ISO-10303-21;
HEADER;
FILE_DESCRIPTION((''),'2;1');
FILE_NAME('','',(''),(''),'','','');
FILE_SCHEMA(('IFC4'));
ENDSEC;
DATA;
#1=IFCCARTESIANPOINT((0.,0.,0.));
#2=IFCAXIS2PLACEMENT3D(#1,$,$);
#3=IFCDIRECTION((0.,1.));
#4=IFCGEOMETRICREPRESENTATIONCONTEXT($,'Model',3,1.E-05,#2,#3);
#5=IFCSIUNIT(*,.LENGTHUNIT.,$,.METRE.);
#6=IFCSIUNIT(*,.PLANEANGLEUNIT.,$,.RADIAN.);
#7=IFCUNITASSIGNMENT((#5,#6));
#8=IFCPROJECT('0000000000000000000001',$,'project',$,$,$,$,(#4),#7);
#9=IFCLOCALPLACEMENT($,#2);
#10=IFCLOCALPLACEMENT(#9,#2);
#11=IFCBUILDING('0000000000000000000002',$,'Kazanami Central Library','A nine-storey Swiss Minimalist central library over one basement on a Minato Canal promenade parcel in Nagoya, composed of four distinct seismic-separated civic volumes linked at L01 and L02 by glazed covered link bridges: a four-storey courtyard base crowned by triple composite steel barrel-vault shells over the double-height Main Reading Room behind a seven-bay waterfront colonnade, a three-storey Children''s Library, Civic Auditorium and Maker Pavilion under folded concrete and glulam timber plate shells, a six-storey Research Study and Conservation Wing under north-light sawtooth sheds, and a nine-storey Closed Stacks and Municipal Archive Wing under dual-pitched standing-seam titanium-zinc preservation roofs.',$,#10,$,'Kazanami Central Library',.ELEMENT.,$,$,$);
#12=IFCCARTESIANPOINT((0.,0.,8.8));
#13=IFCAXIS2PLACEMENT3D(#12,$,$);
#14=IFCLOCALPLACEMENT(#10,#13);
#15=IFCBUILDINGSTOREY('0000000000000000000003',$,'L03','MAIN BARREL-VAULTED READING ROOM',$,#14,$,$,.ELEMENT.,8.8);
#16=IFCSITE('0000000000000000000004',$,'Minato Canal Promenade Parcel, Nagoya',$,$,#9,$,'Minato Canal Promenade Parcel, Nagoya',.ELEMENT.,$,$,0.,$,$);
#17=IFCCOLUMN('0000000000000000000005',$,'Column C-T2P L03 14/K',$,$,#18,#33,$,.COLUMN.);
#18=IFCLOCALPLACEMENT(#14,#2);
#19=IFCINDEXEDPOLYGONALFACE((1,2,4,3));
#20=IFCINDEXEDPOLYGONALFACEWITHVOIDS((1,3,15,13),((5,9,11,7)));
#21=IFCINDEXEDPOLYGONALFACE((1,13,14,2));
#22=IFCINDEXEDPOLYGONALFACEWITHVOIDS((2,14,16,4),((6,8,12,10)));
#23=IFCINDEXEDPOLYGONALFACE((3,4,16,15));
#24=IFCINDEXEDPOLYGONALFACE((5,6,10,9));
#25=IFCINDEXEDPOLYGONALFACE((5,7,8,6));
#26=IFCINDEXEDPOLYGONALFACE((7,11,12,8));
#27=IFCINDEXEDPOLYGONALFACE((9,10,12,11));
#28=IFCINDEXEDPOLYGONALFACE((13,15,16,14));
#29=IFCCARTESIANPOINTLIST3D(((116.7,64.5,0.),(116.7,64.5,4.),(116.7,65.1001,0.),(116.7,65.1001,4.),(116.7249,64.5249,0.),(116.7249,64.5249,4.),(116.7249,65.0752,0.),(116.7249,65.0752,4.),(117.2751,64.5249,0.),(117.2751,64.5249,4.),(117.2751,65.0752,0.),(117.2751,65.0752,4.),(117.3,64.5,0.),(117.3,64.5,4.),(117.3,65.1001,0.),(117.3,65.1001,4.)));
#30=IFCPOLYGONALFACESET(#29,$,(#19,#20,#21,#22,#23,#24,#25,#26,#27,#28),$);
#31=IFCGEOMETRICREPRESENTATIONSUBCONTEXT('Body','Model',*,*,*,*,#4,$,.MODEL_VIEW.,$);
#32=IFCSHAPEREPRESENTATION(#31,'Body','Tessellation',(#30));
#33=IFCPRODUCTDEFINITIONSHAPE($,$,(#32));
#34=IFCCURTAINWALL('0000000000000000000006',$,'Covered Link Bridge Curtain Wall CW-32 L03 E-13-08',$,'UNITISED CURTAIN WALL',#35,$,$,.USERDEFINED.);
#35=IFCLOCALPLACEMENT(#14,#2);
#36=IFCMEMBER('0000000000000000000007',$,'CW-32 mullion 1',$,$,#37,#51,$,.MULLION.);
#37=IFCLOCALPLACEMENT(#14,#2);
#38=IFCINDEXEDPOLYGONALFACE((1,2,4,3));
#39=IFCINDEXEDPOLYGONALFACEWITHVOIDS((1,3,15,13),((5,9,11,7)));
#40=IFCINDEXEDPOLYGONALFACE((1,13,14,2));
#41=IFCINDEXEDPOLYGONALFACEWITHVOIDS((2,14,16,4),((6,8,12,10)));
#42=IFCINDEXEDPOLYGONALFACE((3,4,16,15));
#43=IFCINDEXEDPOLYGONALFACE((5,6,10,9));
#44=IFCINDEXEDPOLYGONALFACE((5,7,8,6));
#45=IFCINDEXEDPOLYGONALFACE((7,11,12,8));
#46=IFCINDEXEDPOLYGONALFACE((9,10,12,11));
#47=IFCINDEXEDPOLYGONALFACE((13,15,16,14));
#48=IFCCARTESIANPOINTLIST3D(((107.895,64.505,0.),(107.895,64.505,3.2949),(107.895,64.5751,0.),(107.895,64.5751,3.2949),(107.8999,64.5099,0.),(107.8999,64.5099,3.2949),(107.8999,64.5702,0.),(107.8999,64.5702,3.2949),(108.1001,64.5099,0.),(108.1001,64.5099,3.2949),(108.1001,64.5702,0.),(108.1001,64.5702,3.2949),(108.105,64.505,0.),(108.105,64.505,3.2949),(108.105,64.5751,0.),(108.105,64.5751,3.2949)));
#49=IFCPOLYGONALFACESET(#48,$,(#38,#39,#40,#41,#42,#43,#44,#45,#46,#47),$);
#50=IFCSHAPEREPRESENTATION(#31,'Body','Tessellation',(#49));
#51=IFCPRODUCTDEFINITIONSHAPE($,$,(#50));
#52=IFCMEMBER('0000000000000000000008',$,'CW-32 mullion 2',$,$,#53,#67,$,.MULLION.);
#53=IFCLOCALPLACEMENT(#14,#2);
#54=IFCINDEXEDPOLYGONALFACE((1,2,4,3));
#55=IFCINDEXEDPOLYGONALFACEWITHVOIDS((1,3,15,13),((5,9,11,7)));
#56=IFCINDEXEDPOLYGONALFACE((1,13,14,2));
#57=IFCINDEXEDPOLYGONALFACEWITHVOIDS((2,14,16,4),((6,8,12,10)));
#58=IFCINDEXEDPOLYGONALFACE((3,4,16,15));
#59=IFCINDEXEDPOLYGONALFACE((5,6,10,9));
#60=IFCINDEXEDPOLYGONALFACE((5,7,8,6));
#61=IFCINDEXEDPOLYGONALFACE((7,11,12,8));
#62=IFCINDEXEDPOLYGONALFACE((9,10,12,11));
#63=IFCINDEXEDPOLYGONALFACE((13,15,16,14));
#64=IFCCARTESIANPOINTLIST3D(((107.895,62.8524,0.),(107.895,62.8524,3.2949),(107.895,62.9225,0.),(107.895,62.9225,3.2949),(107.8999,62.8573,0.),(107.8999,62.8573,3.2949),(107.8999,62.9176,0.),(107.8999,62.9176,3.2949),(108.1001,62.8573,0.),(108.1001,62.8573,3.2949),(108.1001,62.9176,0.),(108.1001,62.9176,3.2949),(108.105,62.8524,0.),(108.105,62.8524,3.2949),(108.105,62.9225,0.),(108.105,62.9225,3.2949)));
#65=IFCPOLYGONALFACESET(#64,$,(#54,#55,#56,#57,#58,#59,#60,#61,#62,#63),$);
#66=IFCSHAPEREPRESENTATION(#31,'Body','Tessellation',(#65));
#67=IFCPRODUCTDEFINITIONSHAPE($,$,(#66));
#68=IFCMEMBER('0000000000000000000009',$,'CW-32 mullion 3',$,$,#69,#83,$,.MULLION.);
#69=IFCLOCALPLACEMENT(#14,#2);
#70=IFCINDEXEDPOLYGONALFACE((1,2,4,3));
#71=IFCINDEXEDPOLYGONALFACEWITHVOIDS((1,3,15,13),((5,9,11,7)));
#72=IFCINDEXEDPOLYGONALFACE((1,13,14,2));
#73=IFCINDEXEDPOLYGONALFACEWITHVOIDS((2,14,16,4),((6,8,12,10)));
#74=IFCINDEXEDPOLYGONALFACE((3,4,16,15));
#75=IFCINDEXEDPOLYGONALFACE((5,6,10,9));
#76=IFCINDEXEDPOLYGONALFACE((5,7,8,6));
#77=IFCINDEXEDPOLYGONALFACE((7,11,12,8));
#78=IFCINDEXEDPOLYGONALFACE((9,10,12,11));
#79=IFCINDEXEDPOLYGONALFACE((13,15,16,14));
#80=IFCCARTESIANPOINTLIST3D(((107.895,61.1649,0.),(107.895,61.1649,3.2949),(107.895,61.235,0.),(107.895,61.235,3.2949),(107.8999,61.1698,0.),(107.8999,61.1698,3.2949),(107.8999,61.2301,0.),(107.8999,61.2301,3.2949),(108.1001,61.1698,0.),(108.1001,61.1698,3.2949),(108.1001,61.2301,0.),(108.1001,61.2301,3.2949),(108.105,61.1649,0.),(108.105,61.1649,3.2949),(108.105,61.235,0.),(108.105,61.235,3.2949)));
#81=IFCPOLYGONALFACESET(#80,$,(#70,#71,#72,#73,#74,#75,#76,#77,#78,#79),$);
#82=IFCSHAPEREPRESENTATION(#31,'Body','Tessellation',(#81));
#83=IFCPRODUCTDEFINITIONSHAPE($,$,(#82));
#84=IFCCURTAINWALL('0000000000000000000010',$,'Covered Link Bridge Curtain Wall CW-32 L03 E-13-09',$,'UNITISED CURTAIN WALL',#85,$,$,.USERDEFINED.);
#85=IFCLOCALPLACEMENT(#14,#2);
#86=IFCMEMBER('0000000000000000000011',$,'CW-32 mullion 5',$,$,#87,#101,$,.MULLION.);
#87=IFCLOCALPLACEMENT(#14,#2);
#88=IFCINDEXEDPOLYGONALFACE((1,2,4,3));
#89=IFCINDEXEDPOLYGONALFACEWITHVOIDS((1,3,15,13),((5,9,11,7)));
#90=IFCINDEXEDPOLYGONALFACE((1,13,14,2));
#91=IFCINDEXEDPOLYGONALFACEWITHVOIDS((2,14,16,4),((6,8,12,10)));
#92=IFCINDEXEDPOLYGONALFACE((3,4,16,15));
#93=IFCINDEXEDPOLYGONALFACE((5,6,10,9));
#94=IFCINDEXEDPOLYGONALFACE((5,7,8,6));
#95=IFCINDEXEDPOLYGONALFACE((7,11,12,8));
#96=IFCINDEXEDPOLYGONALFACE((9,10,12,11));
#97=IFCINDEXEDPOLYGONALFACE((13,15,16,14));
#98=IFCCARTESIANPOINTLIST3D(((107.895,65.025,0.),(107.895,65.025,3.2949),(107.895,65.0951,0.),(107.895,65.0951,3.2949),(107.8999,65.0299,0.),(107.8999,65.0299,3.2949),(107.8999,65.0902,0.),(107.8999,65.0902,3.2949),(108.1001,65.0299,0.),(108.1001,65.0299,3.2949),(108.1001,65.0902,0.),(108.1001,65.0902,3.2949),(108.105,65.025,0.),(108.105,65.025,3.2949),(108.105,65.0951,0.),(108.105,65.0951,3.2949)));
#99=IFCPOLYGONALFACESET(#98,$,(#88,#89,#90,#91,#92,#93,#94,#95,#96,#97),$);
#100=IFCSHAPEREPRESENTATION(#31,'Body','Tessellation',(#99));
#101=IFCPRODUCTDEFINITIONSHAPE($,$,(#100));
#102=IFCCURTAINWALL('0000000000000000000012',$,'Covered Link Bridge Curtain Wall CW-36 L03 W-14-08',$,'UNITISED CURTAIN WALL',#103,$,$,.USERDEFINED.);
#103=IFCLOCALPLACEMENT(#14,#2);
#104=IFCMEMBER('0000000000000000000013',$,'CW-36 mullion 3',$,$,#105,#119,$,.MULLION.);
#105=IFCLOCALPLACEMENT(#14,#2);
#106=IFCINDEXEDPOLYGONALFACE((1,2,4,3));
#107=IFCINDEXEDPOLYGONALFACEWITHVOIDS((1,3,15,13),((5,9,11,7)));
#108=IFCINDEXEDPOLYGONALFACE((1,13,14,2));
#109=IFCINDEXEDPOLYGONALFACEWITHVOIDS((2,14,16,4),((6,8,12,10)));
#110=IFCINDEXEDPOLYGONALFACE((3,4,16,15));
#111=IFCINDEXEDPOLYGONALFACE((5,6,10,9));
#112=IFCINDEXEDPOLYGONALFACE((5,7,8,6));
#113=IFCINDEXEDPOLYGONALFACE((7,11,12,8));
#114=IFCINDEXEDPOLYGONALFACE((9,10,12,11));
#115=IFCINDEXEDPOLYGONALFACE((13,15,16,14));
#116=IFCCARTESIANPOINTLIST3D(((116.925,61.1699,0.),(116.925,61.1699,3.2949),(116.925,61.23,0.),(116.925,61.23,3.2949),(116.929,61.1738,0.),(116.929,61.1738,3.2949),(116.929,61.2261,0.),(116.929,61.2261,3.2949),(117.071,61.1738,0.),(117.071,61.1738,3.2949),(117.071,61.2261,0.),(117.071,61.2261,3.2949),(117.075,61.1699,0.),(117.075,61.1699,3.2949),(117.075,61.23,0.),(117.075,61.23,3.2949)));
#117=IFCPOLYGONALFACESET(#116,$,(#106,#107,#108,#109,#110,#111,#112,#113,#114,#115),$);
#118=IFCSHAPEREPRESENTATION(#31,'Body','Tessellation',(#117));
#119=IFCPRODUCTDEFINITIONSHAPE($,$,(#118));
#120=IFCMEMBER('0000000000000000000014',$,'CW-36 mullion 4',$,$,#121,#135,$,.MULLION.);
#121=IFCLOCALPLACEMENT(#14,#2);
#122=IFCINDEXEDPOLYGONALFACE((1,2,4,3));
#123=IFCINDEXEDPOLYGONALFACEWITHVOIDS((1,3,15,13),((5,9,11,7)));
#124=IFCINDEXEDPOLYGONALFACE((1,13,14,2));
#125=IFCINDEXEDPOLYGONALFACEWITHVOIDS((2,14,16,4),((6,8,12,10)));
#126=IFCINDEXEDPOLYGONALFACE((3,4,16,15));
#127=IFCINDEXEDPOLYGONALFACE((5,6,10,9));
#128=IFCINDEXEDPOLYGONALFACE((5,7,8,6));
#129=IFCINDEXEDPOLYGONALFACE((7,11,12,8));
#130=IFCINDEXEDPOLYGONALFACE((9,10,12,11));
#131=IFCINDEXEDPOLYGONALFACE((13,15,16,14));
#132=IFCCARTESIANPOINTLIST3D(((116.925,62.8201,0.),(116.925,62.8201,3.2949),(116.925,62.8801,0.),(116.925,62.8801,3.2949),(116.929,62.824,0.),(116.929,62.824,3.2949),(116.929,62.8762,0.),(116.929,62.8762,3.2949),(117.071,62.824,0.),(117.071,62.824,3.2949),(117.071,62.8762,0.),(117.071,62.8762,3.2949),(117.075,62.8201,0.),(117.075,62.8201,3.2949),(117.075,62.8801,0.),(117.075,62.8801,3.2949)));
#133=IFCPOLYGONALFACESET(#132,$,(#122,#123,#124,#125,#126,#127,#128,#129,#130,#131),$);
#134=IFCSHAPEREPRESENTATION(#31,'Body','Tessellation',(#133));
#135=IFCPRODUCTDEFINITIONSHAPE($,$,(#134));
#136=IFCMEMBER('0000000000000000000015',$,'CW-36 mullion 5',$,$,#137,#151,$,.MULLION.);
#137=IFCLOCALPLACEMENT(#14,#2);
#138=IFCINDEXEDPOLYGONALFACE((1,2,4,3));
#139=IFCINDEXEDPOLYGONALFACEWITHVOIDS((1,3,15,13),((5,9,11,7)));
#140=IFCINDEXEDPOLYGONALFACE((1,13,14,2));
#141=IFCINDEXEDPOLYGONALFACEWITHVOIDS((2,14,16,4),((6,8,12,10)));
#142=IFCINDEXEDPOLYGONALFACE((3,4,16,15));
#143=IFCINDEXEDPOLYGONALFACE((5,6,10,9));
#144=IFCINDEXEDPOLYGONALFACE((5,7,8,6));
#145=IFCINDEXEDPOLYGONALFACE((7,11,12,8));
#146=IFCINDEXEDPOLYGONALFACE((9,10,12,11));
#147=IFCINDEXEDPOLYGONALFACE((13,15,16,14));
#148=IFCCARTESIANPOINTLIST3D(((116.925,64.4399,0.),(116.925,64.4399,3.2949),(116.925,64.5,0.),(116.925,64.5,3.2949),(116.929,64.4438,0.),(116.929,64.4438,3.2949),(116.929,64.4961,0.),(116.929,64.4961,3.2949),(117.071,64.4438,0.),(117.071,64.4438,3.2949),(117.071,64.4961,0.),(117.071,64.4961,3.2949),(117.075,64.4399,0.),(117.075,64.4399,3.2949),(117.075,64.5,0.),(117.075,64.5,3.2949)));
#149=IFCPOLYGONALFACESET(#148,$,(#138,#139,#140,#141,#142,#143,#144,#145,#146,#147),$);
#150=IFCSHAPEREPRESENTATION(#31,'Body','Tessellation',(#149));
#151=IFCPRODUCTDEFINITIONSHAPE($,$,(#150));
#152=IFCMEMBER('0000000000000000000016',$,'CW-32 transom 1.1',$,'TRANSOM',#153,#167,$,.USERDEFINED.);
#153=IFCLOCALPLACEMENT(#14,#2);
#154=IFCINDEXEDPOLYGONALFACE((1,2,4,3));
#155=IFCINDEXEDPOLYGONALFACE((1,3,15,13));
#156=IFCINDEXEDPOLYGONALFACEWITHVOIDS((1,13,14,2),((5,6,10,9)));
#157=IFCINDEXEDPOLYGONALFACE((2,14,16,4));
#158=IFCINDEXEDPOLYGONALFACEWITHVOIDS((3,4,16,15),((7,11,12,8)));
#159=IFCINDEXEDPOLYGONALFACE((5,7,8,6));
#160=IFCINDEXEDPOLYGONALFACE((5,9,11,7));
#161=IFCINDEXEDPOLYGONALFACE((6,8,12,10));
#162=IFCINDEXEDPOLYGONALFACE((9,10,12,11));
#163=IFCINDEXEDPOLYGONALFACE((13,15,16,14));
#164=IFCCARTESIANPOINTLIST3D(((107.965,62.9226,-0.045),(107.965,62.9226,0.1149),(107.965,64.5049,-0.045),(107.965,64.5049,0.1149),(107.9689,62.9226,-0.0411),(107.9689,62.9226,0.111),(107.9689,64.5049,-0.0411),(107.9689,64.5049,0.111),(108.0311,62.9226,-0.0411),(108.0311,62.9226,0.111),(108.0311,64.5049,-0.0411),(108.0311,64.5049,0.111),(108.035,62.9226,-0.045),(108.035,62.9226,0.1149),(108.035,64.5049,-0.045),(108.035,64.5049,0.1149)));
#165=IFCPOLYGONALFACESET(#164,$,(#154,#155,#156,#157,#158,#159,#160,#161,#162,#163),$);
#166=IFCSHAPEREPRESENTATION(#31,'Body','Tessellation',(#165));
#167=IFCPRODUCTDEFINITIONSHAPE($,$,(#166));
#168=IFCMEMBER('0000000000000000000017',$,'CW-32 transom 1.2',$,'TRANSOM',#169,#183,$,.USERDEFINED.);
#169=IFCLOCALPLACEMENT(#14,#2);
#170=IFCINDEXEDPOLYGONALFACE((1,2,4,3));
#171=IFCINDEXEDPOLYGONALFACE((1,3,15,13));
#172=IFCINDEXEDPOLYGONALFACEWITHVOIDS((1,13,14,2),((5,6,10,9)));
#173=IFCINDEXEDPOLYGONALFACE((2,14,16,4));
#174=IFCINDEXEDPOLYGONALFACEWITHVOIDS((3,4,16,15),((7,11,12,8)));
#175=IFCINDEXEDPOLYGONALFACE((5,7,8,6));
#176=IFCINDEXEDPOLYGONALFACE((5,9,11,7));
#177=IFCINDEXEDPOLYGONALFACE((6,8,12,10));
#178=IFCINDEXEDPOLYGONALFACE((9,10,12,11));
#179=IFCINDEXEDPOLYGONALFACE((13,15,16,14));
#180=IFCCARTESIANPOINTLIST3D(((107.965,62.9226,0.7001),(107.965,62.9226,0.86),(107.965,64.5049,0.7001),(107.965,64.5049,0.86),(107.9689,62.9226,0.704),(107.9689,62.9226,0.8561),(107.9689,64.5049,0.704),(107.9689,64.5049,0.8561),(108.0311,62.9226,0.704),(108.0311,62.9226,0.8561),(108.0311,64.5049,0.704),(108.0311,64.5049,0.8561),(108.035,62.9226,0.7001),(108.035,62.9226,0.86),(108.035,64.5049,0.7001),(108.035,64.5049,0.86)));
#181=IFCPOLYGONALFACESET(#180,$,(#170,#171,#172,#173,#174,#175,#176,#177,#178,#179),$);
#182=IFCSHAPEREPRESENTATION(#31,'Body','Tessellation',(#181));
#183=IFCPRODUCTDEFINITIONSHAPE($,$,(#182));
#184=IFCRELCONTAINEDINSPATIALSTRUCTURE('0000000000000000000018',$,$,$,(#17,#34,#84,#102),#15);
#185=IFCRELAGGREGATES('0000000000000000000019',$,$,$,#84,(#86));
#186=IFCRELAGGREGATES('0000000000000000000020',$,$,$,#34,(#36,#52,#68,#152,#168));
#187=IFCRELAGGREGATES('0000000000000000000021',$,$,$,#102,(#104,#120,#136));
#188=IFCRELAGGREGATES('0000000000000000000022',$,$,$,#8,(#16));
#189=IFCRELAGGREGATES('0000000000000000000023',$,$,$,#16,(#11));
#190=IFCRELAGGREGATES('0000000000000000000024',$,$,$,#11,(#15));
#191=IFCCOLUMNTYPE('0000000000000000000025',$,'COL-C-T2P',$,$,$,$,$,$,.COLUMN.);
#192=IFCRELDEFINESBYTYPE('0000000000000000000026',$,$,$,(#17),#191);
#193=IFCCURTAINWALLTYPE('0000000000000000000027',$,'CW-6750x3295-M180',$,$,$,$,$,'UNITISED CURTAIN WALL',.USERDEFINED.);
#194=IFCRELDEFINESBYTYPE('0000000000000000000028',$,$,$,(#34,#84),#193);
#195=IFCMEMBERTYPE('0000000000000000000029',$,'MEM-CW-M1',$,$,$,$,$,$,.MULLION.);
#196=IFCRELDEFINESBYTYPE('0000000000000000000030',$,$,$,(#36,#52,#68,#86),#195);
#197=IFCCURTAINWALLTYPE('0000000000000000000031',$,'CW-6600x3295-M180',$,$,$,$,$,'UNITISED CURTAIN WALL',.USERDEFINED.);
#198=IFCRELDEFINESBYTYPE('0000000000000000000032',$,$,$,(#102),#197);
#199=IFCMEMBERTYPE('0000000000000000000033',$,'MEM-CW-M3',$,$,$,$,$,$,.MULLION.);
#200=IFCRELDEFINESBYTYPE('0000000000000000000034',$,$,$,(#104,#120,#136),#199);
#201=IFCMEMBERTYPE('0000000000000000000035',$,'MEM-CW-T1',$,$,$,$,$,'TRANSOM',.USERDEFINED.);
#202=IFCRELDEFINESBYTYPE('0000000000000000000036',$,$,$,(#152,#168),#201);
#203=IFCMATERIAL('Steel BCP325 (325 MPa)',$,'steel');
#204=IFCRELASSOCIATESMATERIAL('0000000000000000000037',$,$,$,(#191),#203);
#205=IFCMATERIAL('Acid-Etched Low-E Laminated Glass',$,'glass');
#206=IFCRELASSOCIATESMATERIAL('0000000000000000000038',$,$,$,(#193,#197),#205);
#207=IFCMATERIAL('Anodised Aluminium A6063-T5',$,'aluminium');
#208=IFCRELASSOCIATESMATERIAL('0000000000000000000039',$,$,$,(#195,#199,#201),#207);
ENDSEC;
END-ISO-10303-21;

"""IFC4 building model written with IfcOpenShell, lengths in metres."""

from ifc_helpers import new_model, si_unit, direction, frame, origin, origin_2d, place, context, subcontext, project, spatial, hollow_rectangle, extrude, material, material_profile, profile_set, type_object, element, aggregate, save


model = new_model("IFC4")

# Units and contexts
model_context = context("Model", 3, precision=1e-05, world=origin(), true_north=direction((0.0, 1.0)))
body_context = subcontext(model_context, "Body", "Model", "MODEL_VIEW")
ifc_project = project(units=[si_unit("LENGTHUNIT", "METRE"), si_unit("PLANEANGLEUNIT", "RADIAN")], contexts=[model_context])

# Site, building, storey
site_placement = place(None, origin())
site = spatial("IfcSite", under=ifc_project, at=site_placement, Name="Minato Canal Promenade Parcel, Nagoya", LongName="Minato Canal Promenade Parcel, Nagoya", CompositionType="ELEMENT", RefElevation=0.0)
building_placement = place(site_placement, origin())
building = spatial("IfcBuilding", under=site, at=building_placement, Name="Kazanami Central Library", Description="A nine-storey Swiss Minimalist central library over one basement on a Minato Canal promenade parcel in Nagoya, composed of four distinct seismic-separated civic volumes linked at L01 and L02 by glazed covered link bridges: a four-storey courtyard base crowned by triple composite steel barrel-vault shells over the double-height Main Reading Room behind a seven-bay waterfront colonnade, a three-storey Children's Library, Civic Auditorium and Maker Pavilion under folded concrete and glulam timber plate shells, a six-storey Research Study and Conservation Wing under north-light sawtooth sheds, and a nine-storey Closed Stacks and Municipal Archive Wing under dual-pitched standing-seam titanium-zinc preservation roofs.", LongName="Kazanami Central Library", CompositionType="ELEMENT")
storey_placement = place(building_placement, frame((0.0, 0.0, 8.8)))
storey = spatial("IfcBuildingStorey", under=building, at=storey_placement, Name="L03", Description="MAIN BARREL-VAULTED READING ROOM", CompositionType="ELEMENT", Elevation=8.8)

# Column
ifc_material_1 = material(Name="Steel BCP325 (325 MPa)", Category="steel")
ifc_material_profile_1 = material_profile(ifc_material_1, hollow_rectangle(XDim=0.6001, YDim=0.6001, WallThickness=0.0249, at=origin_2d()), Name="BCP-600x600x25")
ifc_profile_set_1 = profile_set([ifc_material_profile_1], Name="Steel BCP325 (325 MPa)")
column_type = type_object("IfcColumnType", Name="COL-C-T2P", PredefinedType="COLUMN", material=ifc_profile_set_1)
column_placement = place(storey_placement, frame((117.0, 64.8, 0.0), z_axis=(0.0, 0.0, 1.0), x_axis=(1.0, 0.0, 0.0)))
element("IfcColumn", 1, at=column_placement, inside=storey, type_object=column_type, Name="Column C-T2P L03 14/K", PredefinedType="COLUMN", context=body_context, shape_type="SweptSolid", body=[
    extrude(hollow_rectangle(XDim=0.6001, YDim=0.6001, WallThickness=0.0249, at=origin_2d()), origin(), (0.0, 0.0, 1.0), 4.0),
])

# Curtain wall, members
ifc_material_2 = material(Name="Acid-Etched Low-E Laminated Glass", Category="glass")
curtain_wall_type_1 = type_object("IfcCurtainWallType", Name="CW-6750x3295-M180", ElementType="UNITISED CURTAIN WALL", PredefinedType="USERDEFINED", material=ifc_material_2)
curtain_wall_1_placement = place(storey_placement, origin())
curtain_wall_1 = element("IfcCurtainWall", 2, at=curtain_wall_1_placement, inside=storey, type_object=curtain_wall_type_1, Name="Covered Link Bridge Curtain Wall CW-32 L03 E-13-08", ObjectType="UNITISED CURTAIN WALL", PredefinedType="USERDEFINED")
ifc_material_3 = material(Name="Anodised Aluminium A6063-T5", Category="aluminium")
ifc_material_profile_2 = material_profile(ifc_material_3, hollow_rectangle(XDim=0.0701, YDim=0.21, WallThickness=0.0049, at=origin_2d()), Name="ALU-MULL-70x210x5")
ifc_profile_set_2 = profile_set([ifc_material_profile_2], Name="Anodised Aluminium A6063-T5")
member_type_1 = type_object("IfcMemberType", Name="MEM-CW-M1", PredefinedType="MULLION", material=ifc_profile_set_2)
member_1_placement = place(storey_placement, frame((108.0, 64.54, 0.0), z_axis=(0.0, 0.0, 1.0), x_axis=(0.0, -1.0, 0.0)))
member_1 = element("IfcMember", 3, at=member_1_placement, type_object=member_type_1, Name="CW-32 mullion 1", PredefinedType="MULLION", context=body_context, shape_type="SweptSolid", body=[
    extrude(hollow_rectangle(XDim=0.0701, YDim=0.21, WallThickness=0.0049, at=origin_2d()), origin(), (0.0, 0.0, 1.0), 3.2949),
])
member_2_placement = place(storey_placement, frame((108.0, 62.8875, 0.0), z_axis=(0.0, 0.0, 1.0), x_axis=(0.0, -1.0, 0.0)))
member_2 = element("IfcMember", 4, at=member_2_placement, type_object=member_type_1, Name="CW-32 mullion 2", PredefinedType="MULLION", context=body_context, shape_type="SweptSolid", body=[
    extrude(hollow_rectangle(XDim=0.0701, YDim=0.21, WallThickness=0.0049, at=origin_2d()), origin(), (0.0, 0.0, 1.0), 3.2949),
])
member_3_placement = place(storey_placement, frame((108.0, 61.2, 0.0), z_axis=(0.0, 0.0, 1.0), x_axis=(0.0, -1.0, 0.0)))
member_3 = element("IfcMember", 5, at=member_3_placement, type_object=member_type_1, Name="CW-32 mullion 3", PredefinedType="MULLION", context=body_context, shape_type="SweptSolid", body=[
    extrude(hollow_rectangle(XDim=0.0701, YDim=0.21, WallThickness=0.0049, at=origin_2d()), origin(), (0.0, 0.0, 1.0), 3.2949),
])

# Curtain wall, member
curtain_wall_2_placement = place(storey_placement, origin())
curtain_wall_2 = element("IfcCurtainWall", 6, at=curtain_wall_2_placement, inside=storey, type_object=curtain_wall_type_1, Name="Covered Link Bridge Curtain Wall CW-32 L03 E-13-09", ObjectType="UNITISED CURTAIN WALL", PredefinedType="USERDEFINED")
member_4_placement = place(storey_placement, frame((108.0, 65.0601, 0.0), z_axis=(0.0, 0.0, 1.0), x_axis=(0.0, -1.0, 0.0)))
member_4 = element("IfcMember", 7, at=member_4_placement, type_object=member_type_1, Name="CW-32 mullion 5", PredefinedType="MULLION", context=body_context, shape_type="SweptSolid", body=[
    extrude(hollow_rectangle(XDim=0.0701, YDim=0.21, WallThickness=0.0049, at=origin_2d()), origin(), (0.0, 0.0, 1.0), 3.2949),
])
aggregate(curtain_wall_2, [member_4])

# Curtain wall, members
curtain_wall_type_2 = type_object("IfcCurtainWallType", Name="CW-6600x3295-M180", ElementType="UNITISED CURTAIN WALL", PredefinedType="USERDEFINED", material=ifc_material_2)
curtain_wall_3_placement = place(storey_placement, origin())
curtain_wall_3 = element("IfcCurtainWall", 8, at=curtain_wall_3_placement, inside=storey, type_object=curtain_wall_type_2, Name="Covered Link Bridge Curtain Wall CW-36 L03 W-14-08", ObjectType="UNITISED CURTAIN WALL", PredefinedType="USERDEFINED")
ifc_material_profile_3 = material_profile(ifc_material_3, hollow_rectangle(XDim=0.0601, YDim=0.1499, WallThickness=0.0039, at=origin_2d()), Name="ALU-MULL-60x150x4")
ifc_profile_set_3 = profile_set([ifc_material_profile_3], Name="Anodised Aluminium A6063-T5")
member_type_2 = type_object("IfcMemberType", Name="MEM-CW-M3", PredefinedType="MULLION", material=ifc_profile_set_3)
member_5_placement = place(storey_placement, frame((117.0, 61.2, 0.0), z_axis=(0.0, 0.0, 1.0), x_axis=(0.0, 1.0, 0.0)))
member_5 = element("IfcMember", 9, at=member_5_placement, type_object=member_type_2, Name="CW-36 mullion 3", PredefinedType="MULLION", context=body_context, shape_type="SweptSolid", body=[
    extrude(hollow_rectangle(XDim=0.0601, YDim=0.1499, WallThickness=0.0039, at=origin_2d()), origin(), (0.0, 0.0, 1.0), 3.2949),
])
member_6_placement = place(storey_placement, frame((117.0, 62.8501, 0.0), z_axis=(0.0, 0.0, 1.0), x_axis=(0.0, 1.0, 0.0)))
member_6 = element("IfcMember", 10, at=member_6_placement, type_object=member_type_2, Name="CW-36 mullion 4", PredefinedType="MULLION", context=body_context, shape_type="SweptSolid", body=[
    extrude(hollow_rectangle(XDim=0.0601, YDim=0.1499, WallThickness=0.0039, at=origin_2d()), origin(), (0.0, 0.0, 1.0), 3.2949),
])
member_7_placement = place(storey_placement, frame((117.0, 64.47, 0.0), z_axis=(0.0, 0.0, 1.0), x_axis=(0.0, 1.0, 0.0)))
member_7 = element("IfcMember", 11, at=member_7_placement, type_object=member_type_2, Name="CW-36 mullion 5", PredefinedType="MULLION", context=body_context, shape_type="SweptSolid", body=[
    extrude(hollow_rectangle(XDim=0.0601, YDim=0.1499, WallThickness=0.0039, at=origin_2d()), origin(), (0.0, 0.0, 1.0), 3.2949),
])

# Members
ifc_material_profile_4 = material_profile(ifc_material_3, hollow_rectangle(XDim=0.0701, YDim=0.1599, WallThickness=0.0039, at=origin_2d()), Name="ALU-TRAN-70x160x4")
ifc_profile_set_4 = profile_set([ifc_material_profile_4], Name="Anodised Aluminium A6063-T5")
member_type_3 = type_object("IfcMemberType", Name="MEM-CW-T1", ElementType="TRANSOM", PredefinedType="USERDEFINED", material=ifc_profile_set_4)
member_8_placement = place(storey_placement, frame((108.0, 64.5049, 0.0349), z_axis=(0.0, -1.0, 0.0), x_axis=(1.0, 0.0, 0.0)))
member_8 = element("IfcMember", 12, at=member_8_placement, type_object=member_type_3, Name="CW-32 transom 1.1", ObjectType="TRANSOM", PredefinedType="USERDEFINED", context=body_context, shape_type="SweptSolid", body=[
    extrude(hollow_rectangle(XDim=0.0701, YDim=0.1599, WallThickness=0.0039, at=origin_2d()), origin(), (0.0, 0.0, 1.0), 1.5823),
])
member_9_placement = place(storey_placement, frame((108.0, 64.5049, 0.78), z_axis=(0.0, -1.0, 0.0), x_axis=(1.0, 0.0, 0.0)))
member_9 = element("IfcMember", 13, at=member_9_placement, type_object=member_type_3, Name="CW-32 transom 1.2", ObjectType="TRANSOM", PredefinedType="USERDEFINED", context=body_context, shape_type="SweptSolid", body=[
    extrude(hollow_rectangle(XDim=0.0701, YDim=0.1599, WallThickness=0.0039, at=origin_2d()), origin(), (0.0, 0.0, 1.0), 1.5823),
])

aggregate(curtain_wall_1, [member_1, member_2, member_3, member_8, member_9])
aggregate(curtain_wall_3, [member_5, member_6, member_7])

save(model, "model.ifc")
